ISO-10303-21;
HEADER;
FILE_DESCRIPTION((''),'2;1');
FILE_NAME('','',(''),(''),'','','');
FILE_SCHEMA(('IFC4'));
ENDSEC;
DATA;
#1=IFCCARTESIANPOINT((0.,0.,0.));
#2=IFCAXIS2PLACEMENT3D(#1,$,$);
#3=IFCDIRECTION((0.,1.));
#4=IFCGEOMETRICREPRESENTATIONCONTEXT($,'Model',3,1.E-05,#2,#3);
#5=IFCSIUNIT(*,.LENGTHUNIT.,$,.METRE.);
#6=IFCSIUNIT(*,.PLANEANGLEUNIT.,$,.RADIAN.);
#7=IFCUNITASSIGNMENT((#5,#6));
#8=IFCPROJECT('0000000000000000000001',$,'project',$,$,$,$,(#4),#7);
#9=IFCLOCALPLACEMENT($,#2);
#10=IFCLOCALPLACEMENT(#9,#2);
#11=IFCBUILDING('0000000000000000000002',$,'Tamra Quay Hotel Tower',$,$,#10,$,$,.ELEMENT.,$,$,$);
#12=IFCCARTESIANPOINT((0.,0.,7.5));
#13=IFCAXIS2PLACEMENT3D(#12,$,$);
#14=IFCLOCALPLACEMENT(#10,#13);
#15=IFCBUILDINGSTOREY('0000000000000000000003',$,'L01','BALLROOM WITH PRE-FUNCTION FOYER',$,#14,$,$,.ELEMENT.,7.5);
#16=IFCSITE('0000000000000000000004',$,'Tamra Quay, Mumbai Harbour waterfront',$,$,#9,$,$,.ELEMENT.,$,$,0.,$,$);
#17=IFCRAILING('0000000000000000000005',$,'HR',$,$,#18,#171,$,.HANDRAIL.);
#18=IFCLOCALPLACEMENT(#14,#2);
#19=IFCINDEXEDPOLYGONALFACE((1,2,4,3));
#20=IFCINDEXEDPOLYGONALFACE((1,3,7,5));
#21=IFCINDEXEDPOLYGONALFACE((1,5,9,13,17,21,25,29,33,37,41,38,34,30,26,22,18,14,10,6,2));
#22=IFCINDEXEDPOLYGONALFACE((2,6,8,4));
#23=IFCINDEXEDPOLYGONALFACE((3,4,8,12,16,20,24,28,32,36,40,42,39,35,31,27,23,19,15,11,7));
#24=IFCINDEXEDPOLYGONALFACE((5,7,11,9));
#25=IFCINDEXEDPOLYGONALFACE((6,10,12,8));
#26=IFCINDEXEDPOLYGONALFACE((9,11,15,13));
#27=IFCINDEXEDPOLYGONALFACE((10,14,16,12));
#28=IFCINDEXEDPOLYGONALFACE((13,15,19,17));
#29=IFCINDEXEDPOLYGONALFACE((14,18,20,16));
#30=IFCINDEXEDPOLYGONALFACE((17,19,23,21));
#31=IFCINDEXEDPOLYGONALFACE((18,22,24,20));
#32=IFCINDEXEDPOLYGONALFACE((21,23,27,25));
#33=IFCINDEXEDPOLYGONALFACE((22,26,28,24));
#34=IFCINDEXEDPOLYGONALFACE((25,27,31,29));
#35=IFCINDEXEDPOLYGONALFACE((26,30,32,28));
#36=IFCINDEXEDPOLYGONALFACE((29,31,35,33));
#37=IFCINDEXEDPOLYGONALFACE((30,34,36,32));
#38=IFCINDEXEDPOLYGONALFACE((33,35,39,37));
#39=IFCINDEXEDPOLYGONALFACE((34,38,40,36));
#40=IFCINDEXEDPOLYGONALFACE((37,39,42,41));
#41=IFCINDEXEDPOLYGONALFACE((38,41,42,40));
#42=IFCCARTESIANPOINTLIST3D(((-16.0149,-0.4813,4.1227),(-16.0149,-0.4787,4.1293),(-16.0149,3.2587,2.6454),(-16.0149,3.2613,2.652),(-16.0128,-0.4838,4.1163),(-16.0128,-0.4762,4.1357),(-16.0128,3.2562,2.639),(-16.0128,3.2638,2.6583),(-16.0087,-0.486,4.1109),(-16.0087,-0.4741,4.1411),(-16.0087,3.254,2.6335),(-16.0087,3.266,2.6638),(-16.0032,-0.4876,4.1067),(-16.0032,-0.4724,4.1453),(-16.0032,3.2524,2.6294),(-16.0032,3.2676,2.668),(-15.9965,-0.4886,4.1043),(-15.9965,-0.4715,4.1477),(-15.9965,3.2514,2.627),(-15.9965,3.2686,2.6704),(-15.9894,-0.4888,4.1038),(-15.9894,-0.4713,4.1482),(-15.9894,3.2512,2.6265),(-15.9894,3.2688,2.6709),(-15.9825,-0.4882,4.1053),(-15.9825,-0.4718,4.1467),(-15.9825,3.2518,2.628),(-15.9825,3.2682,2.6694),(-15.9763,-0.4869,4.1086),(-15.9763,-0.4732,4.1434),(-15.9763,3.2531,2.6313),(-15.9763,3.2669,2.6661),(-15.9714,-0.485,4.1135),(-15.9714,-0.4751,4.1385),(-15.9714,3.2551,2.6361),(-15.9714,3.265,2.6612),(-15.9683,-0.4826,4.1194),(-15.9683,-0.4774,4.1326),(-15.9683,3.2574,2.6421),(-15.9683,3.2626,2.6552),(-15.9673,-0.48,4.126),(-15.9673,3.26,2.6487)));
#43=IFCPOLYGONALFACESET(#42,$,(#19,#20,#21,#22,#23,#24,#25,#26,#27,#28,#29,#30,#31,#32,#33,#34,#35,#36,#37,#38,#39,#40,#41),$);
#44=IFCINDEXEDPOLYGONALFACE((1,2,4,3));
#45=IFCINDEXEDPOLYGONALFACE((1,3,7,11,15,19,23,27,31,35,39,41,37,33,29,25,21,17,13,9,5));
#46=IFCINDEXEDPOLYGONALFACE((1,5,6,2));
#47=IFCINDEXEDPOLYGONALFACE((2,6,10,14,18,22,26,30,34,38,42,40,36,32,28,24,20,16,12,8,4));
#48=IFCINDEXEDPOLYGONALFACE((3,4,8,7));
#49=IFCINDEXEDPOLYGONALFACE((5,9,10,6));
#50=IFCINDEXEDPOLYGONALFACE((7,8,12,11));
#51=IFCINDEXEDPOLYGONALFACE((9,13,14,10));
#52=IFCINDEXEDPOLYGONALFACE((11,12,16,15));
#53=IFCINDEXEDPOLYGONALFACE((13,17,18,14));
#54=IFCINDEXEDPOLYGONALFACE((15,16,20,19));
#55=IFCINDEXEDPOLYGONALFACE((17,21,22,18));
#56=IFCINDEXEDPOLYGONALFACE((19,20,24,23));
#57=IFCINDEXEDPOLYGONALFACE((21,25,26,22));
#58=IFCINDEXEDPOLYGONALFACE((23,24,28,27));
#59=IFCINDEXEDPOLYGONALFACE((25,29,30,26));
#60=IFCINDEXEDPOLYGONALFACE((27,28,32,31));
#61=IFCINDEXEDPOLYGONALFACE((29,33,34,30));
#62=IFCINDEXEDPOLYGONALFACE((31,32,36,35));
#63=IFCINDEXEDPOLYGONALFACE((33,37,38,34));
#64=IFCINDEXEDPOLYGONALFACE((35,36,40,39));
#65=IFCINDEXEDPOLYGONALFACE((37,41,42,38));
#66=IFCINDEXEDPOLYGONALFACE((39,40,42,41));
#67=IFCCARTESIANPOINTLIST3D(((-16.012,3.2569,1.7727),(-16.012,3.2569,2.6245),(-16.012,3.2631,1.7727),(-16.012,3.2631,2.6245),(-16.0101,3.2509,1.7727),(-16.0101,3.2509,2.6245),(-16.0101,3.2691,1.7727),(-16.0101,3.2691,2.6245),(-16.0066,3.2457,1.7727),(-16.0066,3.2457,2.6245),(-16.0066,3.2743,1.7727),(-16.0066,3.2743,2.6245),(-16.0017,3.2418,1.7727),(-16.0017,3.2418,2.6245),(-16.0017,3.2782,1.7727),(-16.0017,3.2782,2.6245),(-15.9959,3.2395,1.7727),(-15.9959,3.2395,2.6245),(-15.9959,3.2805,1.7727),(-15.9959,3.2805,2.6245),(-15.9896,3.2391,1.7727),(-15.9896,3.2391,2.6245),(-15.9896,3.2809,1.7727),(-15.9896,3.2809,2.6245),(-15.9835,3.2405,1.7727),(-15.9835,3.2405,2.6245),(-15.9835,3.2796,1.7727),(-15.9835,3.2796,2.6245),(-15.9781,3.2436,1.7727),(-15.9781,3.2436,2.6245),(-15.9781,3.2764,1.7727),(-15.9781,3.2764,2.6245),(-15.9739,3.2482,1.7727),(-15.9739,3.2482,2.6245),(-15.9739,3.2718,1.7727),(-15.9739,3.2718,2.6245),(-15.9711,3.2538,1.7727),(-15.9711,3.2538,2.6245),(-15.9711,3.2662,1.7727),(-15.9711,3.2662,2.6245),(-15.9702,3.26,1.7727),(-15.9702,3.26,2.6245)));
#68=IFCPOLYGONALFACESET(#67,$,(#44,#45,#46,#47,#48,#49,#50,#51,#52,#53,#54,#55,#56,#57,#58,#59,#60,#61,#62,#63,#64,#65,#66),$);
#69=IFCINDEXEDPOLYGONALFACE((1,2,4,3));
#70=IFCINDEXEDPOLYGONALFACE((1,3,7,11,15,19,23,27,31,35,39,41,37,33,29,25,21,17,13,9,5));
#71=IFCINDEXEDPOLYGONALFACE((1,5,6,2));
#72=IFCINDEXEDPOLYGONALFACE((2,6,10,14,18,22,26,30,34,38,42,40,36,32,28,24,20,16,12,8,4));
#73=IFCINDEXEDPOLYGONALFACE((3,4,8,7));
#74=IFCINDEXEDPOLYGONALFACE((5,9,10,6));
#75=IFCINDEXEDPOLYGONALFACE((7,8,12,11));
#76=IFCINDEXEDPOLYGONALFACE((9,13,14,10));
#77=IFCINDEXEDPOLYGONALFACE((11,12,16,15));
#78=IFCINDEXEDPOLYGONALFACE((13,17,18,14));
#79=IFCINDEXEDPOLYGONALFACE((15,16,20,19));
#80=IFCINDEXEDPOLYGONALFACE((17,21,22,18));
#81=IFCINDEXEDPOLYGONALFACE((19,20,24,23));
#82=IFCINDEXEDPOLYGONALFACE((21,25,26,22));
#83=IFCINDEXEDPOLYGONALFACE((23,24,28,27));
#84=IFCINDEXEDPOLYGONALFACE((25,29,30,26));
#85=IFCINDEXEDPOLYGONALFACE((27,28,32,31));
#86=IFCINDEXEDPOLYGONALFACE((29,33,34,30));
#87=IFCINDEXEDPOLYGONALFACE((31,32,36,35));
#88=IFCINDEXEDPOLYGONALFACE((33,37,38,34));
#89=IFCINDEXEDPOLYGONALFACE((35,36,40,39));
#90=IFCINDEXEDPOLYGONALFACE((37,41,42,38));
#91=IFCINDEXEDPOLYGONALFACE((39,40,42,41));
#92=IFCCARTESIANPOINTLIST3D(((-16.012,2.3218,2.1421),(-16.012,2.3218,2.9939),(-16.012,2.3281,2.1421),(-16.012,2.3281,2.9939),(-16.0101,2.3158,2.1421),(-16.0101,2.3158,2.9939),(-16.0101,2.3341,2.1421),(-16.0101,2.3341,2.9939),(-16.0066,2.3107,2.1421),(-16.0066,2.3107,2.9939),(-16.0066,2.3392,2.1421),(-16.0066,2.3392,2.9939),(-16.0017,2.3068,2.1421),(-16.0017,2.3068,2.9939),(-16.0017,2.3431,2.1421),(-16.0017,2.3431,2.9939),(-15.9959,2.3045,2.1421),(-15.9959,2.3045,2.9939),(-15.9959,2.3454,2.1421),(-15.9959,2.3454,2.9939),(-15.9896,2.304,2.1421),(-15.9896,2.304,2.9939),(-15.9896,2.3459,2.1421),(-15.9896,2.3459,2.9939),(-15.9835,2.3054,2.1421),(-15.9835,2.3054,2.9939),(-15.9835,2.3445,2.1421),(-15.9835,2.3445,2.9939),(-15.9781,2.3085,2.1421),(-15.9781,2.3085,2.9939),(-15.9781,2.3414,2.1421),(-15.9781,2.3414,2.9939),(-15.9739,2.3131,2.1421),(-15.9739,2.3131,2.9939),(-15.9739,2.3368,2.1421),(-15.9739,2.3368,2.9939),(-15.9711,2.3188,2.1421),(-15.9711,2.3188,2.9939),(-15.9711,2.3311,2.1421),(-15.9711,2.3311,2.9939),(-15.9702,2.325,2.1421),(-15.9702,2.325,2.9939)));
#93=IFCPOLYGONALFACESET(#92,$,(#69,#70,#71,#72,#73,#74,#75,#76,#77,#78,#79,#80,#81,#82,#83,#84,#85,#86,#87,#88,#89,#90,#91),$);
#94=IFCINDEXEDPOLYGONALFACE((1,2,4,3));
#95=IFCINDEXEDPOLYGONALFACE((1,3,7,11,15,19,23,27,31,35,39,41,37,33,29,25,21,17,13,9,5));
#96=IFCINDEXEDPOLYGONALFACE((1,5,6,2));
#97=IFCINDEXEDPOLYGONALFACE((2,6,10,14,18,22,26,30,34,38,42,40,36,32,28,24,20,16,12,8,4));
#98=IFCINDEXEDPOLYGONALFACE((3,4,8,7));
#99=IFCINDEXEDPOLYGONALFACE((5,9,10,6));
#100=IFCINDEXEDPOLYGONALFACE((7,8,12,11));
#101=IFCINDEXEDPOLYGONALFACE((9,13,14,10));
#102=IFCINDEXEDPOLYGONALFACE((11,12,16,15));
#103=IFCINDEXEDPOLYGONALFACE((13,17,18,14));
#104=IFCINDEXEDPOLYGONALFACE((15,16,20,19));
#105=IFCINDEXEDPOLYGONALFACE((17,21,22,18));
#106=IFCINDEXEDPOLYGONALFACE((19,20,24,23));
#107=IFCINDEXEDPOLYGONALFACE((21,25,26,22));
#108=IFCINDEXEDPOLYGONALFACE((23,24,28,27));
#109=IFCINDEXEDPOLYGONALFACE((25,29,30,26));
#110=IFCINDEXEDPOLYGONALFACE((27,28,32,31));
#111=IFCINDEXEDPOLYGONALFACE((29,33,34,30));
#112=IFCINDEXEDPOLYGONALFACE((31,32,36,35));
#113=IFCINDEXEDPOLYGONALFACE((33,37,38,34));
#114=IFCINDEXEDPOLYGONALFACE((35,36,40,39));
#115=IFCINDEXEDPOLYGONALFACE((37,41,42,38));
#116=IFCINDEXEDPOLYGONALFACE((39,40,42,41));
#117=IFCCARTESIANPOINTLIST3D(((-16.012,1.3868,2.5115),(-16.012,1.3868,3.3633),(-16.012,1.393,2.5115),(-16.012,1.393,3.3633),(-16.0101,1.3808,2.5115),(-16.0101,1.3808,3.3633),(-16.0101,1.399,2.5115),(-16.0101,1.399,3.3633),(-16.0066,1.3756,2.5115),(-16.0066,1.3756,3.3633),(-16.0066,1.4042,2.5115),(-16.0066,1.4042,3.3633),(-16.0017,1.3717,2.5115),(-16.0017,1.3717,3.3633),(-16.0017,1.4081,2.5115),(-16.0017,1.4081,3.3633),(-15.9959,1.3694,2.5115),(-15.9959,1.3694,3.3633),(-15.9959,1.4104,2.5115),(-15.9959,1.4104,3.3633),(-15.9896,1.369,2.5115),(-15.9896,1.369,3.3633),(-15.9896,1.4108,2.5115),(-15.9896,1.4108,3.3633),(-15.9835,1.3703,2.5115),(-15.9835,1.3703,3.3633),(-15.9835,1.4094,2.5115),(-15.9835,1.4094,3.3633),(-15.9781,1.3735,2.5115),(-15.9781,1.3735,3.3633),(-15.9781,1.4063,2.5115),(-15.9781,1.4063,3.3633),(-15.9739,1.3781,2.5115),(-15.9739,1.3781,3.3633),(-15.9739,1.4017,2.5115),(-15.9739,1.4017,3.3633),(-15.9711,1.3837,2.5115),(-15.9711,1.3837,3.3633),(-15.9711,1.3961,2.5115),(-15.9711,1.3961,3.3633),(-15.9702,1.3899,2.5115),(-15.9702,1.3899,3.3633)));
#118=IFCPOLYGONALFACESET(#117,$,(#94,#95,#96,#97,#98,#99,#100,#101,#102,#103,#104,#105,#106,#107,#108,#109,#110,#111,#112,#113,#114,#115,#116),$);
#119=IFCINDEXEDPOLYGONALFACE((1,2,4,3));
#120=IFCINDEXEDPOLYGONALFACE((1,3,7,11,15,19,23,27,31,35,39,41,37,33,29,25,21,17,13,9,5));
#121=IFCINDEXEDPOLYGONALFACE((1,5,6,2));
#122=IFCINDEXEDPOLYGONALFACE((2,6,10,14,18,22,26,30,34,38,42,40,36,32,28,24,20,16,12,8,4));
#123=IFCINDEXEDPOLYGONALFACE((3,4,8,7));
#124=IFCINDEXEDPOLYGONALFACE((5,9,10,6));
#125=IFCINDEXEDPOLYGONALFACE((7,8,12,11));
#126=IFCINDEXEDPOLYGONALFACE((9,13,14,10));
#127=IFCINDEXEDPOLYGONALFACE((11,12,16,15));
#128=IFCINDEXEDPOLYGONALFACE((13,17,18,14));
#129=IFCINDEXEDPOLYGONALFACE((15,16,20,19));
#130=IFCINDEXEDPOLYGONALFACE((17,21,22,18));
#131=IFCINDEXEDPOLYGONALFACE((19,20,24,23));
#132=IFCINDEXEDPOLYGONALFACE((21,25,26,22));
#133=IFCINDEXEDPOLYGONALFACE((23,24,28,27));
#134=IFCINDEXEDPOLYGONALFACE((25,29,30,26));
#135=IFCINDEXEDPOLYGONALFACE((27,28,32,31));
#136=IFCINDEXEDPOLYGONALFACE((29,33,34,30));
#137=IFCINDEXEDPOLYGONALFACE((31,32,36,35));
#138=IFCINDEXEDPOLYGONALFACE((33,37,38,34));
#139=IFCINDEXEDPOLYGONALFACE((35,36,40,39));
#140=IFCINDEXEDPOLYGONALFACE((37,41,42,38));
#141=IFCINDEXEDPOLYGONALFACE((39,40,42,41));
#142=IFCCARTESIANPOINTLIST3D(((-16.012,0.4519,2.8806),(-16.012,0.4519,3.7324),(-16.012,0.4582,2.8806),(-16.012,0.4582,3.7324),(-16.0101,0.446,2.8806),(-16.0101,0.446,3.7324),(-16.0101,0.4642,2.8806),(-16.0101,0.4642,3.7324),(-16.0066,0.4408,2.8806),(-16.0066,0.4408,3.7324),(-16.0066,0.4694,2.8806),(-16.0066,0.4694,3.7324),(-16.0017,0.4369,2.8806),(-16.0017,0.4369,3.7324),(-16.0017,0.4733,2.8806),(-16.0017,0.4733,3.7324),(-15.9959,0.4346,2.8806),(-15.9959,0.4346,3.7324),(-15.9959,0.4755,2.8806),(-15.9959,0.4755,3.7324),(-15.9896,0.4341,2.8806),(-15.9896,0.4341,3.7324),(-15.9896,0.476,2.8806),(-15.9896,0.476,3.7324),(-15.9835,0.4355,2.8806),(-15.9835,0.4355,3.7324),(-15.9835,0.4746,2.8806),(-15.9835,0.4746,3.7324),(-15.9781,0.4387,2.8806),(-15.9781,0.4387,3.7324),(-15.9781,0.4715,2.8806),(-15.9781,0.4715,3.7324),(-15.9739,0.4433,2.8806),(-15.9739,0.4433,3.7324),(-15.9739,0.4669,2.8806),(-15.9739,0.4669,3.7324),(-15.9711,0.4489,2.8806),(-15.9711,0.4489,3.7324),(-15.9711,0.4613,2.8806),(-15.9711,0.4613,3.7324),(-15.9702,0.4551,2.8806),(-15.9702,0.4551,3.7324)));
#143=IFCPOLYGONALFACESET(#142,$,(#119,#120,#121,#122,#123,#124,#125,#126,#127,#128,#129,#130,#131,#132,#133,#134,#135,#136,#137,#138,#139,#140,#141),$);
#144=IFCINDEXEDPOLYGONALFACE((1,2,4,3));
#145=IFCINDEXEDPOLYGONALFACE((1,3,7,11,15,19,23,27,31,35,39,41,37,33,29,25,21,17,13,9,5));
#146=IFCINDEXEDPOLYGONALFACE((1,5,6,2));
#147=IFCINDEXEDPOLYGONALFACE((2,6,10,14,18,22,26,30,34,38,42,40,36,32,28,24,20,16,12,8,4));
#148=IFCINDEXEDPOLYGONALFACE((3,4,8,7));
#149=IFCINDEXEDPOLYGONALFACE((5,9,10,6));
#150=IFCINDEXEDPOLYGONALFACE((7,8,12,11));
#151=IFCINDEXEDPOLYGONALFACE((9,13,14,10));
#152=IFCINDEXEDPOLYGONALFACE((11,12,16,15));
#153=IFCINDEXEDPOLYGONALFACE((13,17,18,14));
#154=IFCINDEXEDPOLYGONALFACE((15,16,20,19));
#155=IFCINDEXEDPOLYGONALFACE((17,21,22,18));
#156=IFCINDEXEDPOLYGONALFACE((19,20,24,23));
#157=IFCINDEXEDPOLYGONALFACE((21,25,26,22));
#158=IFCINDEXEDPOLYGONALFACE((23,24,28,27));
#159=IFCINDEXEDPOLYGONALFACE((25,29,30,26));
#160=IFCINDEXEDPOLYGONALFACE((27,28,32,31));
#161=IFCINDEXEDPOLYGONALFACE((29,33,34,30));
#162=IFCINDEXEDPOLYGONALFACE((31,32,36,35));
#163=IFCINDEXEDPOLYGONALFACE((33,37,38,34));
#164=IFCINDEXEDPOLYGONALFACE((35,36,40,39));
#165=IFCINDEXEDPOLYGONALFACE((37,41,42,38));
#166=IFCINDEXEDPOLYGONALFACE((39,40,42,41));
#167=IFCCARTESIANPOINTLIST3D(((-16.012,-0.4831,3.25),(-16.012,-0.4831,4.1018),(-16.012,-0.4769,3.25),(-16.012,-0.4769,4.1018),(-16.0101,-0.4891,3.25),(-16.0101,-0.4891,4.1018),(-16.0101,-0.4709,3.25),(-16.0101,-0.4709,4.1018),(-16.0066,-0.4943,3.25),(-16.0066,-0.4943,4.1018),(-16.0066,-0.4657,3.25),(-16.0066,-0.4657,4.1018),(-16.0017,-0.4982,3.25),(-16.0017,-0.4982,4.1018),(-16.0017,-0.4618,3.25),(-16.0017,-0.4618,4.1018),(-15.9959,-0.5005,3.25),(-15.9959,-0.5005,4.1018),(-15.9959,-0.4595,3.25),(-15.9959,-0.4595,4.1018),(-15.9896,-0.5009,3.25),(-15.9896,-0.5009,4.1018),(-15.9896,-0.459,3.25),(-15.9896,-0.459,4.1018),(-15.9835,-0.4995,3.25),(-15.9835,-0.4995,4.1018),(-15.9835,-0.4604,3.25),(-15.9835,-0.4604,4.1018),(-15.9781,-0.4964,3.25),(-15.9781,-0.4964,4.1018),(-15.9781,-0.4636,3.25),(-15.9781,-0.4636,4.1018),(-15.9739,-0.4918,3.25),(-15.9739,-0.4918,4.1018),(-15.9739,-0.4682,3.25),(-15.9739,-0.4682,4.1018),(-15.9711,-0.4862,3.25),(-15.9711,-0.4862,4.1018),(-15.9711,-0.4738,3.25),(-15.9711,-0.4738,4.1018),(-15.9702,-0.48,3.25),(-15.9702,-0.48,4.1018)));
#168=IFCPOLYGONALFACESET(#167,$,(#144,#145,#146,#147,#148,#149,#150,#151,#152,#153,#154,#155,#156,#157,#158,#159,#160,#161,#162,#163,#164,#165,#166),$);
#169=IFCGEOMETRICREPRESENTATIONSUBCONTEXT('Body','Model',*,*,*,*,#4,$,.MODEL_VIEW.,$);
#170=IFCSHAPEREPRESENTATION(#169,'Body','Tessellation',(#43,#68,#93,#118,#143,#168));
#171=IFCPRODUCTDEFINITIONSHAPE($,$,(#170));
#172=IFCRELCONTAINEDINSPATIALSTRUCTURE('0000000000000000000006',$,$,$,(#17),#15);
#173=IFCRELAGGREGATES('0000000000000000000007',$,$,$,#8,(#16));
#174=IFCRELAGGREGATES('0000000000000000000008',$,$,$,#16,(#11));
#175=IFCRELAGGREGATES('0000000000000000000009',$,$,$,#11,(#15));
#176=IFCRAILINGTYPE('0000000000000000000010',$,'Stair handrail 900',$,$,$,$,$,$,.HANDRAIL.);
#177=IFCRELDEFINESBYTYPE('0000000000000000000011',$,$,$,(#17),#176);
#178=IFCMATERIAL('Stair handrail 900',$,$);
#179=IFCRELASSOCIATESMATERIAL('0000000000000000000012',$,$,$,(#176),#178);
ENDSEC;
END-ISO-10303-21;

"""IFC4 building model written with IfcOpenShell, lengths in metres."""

from ifc_helpers import new_model, si_unit, direction, frame, origin, origin_2d, place, context, subcontext, project, spatial, circle, extrude, material, type_object, element, save


model = new_model("IFC4")

# Units and contexts
model_context = context("Model", 3, precision=1e-05, world=origin(), true_north=direction((0.0, 1.0)))
body_context = subcontext(model_context, "Body", "Model", "MODEL_VIEW")
ifc_project = project(units=[si_unit("LENGTHUNIT", "METRE"), si_unit("PLANEANGLEUNIT", "RADIAN")], contexts=[model_context])

# Site, building, storey
site_placement = place(None, origin())
site = spatial("IfcSite", under=ifc_project, at=site_placement, Name="Tamra Quay, Mumbai Harbour waterfront", CompositionType="ELEMENT", RefElevation=0.0)
building_placement = place(site_placement, origin())
building = spatial("IfcBuilding", under=site, at=building_placement, Name="Tamra Quay Hotel Tower", CompositionType="ELEMENT")
storey_placement = place(building_placement, frame((0.0, 0.0, 7.5)))
storey = spatial("IfcBuildingStorey", under=building, at=storey_placement, Name="L01", Description="BALLROOM WITH PRE-FUNCTION FOYER", CompositionType="ELEMENT", Elevation=7.5)

# Railing
ifc_material_1 = material(Name="Stair handrail 900")
railing_type_1 = type_object("IfcRailingType", Name="Stair handrail 900", PredefinedType="HANDRAIL", material=ifc_material_1)
for number, where, name in (
    (1, (-15.9912, 3.26, 1.7727), "HR"),
):
    element("IfcRailing", number, at=place(storey_placement, frame(where)), inside=storey, type_object=railing_type_1, Name=name, PredefinedType="HANDRAIL", context=body_context, shape_type="SweptSolid", body=[
        extrude(circle(Radius=0.0239, at=origin_2d()), frame((0.0, 0.0, 0.876), z_axis=(0.0, -0.930072, 0.367378), x_axis=(1.0, 0.0, 0.0)), (0.0, 0.0, 1.0), 4.0212),
        extrude(circle(Radius=0.021, at=origin_2d()), origin(), (0.0, 0.0, 1.0), 0.8518),
        extrude(circle(Radius=0.021, at=origin_2d()), frame((0.0, -0.9351, 0.3694)), (0.0, 0.0, 1.0), 0.8518),
        extrude(circle(Radius=0.021, at=origin_2d()), frame((0.0, -1.8701, 0.7388)), (0.0, 0.0, 1.0), 0.8518),
        extrude(circle(Radius=0.021, at=origin_2d()), frame((0.0, -2.8049, 1.1079)), (0.0, 0.0, 1.0), 0.8518),
        extrude(circle(Radius=0.021, at=origin_2d()), frame((0.0, -3.74, 1.4773)), (0.0, 0.0, 1.0), 0.8518),
    ])

save(model, "model.ifc")
